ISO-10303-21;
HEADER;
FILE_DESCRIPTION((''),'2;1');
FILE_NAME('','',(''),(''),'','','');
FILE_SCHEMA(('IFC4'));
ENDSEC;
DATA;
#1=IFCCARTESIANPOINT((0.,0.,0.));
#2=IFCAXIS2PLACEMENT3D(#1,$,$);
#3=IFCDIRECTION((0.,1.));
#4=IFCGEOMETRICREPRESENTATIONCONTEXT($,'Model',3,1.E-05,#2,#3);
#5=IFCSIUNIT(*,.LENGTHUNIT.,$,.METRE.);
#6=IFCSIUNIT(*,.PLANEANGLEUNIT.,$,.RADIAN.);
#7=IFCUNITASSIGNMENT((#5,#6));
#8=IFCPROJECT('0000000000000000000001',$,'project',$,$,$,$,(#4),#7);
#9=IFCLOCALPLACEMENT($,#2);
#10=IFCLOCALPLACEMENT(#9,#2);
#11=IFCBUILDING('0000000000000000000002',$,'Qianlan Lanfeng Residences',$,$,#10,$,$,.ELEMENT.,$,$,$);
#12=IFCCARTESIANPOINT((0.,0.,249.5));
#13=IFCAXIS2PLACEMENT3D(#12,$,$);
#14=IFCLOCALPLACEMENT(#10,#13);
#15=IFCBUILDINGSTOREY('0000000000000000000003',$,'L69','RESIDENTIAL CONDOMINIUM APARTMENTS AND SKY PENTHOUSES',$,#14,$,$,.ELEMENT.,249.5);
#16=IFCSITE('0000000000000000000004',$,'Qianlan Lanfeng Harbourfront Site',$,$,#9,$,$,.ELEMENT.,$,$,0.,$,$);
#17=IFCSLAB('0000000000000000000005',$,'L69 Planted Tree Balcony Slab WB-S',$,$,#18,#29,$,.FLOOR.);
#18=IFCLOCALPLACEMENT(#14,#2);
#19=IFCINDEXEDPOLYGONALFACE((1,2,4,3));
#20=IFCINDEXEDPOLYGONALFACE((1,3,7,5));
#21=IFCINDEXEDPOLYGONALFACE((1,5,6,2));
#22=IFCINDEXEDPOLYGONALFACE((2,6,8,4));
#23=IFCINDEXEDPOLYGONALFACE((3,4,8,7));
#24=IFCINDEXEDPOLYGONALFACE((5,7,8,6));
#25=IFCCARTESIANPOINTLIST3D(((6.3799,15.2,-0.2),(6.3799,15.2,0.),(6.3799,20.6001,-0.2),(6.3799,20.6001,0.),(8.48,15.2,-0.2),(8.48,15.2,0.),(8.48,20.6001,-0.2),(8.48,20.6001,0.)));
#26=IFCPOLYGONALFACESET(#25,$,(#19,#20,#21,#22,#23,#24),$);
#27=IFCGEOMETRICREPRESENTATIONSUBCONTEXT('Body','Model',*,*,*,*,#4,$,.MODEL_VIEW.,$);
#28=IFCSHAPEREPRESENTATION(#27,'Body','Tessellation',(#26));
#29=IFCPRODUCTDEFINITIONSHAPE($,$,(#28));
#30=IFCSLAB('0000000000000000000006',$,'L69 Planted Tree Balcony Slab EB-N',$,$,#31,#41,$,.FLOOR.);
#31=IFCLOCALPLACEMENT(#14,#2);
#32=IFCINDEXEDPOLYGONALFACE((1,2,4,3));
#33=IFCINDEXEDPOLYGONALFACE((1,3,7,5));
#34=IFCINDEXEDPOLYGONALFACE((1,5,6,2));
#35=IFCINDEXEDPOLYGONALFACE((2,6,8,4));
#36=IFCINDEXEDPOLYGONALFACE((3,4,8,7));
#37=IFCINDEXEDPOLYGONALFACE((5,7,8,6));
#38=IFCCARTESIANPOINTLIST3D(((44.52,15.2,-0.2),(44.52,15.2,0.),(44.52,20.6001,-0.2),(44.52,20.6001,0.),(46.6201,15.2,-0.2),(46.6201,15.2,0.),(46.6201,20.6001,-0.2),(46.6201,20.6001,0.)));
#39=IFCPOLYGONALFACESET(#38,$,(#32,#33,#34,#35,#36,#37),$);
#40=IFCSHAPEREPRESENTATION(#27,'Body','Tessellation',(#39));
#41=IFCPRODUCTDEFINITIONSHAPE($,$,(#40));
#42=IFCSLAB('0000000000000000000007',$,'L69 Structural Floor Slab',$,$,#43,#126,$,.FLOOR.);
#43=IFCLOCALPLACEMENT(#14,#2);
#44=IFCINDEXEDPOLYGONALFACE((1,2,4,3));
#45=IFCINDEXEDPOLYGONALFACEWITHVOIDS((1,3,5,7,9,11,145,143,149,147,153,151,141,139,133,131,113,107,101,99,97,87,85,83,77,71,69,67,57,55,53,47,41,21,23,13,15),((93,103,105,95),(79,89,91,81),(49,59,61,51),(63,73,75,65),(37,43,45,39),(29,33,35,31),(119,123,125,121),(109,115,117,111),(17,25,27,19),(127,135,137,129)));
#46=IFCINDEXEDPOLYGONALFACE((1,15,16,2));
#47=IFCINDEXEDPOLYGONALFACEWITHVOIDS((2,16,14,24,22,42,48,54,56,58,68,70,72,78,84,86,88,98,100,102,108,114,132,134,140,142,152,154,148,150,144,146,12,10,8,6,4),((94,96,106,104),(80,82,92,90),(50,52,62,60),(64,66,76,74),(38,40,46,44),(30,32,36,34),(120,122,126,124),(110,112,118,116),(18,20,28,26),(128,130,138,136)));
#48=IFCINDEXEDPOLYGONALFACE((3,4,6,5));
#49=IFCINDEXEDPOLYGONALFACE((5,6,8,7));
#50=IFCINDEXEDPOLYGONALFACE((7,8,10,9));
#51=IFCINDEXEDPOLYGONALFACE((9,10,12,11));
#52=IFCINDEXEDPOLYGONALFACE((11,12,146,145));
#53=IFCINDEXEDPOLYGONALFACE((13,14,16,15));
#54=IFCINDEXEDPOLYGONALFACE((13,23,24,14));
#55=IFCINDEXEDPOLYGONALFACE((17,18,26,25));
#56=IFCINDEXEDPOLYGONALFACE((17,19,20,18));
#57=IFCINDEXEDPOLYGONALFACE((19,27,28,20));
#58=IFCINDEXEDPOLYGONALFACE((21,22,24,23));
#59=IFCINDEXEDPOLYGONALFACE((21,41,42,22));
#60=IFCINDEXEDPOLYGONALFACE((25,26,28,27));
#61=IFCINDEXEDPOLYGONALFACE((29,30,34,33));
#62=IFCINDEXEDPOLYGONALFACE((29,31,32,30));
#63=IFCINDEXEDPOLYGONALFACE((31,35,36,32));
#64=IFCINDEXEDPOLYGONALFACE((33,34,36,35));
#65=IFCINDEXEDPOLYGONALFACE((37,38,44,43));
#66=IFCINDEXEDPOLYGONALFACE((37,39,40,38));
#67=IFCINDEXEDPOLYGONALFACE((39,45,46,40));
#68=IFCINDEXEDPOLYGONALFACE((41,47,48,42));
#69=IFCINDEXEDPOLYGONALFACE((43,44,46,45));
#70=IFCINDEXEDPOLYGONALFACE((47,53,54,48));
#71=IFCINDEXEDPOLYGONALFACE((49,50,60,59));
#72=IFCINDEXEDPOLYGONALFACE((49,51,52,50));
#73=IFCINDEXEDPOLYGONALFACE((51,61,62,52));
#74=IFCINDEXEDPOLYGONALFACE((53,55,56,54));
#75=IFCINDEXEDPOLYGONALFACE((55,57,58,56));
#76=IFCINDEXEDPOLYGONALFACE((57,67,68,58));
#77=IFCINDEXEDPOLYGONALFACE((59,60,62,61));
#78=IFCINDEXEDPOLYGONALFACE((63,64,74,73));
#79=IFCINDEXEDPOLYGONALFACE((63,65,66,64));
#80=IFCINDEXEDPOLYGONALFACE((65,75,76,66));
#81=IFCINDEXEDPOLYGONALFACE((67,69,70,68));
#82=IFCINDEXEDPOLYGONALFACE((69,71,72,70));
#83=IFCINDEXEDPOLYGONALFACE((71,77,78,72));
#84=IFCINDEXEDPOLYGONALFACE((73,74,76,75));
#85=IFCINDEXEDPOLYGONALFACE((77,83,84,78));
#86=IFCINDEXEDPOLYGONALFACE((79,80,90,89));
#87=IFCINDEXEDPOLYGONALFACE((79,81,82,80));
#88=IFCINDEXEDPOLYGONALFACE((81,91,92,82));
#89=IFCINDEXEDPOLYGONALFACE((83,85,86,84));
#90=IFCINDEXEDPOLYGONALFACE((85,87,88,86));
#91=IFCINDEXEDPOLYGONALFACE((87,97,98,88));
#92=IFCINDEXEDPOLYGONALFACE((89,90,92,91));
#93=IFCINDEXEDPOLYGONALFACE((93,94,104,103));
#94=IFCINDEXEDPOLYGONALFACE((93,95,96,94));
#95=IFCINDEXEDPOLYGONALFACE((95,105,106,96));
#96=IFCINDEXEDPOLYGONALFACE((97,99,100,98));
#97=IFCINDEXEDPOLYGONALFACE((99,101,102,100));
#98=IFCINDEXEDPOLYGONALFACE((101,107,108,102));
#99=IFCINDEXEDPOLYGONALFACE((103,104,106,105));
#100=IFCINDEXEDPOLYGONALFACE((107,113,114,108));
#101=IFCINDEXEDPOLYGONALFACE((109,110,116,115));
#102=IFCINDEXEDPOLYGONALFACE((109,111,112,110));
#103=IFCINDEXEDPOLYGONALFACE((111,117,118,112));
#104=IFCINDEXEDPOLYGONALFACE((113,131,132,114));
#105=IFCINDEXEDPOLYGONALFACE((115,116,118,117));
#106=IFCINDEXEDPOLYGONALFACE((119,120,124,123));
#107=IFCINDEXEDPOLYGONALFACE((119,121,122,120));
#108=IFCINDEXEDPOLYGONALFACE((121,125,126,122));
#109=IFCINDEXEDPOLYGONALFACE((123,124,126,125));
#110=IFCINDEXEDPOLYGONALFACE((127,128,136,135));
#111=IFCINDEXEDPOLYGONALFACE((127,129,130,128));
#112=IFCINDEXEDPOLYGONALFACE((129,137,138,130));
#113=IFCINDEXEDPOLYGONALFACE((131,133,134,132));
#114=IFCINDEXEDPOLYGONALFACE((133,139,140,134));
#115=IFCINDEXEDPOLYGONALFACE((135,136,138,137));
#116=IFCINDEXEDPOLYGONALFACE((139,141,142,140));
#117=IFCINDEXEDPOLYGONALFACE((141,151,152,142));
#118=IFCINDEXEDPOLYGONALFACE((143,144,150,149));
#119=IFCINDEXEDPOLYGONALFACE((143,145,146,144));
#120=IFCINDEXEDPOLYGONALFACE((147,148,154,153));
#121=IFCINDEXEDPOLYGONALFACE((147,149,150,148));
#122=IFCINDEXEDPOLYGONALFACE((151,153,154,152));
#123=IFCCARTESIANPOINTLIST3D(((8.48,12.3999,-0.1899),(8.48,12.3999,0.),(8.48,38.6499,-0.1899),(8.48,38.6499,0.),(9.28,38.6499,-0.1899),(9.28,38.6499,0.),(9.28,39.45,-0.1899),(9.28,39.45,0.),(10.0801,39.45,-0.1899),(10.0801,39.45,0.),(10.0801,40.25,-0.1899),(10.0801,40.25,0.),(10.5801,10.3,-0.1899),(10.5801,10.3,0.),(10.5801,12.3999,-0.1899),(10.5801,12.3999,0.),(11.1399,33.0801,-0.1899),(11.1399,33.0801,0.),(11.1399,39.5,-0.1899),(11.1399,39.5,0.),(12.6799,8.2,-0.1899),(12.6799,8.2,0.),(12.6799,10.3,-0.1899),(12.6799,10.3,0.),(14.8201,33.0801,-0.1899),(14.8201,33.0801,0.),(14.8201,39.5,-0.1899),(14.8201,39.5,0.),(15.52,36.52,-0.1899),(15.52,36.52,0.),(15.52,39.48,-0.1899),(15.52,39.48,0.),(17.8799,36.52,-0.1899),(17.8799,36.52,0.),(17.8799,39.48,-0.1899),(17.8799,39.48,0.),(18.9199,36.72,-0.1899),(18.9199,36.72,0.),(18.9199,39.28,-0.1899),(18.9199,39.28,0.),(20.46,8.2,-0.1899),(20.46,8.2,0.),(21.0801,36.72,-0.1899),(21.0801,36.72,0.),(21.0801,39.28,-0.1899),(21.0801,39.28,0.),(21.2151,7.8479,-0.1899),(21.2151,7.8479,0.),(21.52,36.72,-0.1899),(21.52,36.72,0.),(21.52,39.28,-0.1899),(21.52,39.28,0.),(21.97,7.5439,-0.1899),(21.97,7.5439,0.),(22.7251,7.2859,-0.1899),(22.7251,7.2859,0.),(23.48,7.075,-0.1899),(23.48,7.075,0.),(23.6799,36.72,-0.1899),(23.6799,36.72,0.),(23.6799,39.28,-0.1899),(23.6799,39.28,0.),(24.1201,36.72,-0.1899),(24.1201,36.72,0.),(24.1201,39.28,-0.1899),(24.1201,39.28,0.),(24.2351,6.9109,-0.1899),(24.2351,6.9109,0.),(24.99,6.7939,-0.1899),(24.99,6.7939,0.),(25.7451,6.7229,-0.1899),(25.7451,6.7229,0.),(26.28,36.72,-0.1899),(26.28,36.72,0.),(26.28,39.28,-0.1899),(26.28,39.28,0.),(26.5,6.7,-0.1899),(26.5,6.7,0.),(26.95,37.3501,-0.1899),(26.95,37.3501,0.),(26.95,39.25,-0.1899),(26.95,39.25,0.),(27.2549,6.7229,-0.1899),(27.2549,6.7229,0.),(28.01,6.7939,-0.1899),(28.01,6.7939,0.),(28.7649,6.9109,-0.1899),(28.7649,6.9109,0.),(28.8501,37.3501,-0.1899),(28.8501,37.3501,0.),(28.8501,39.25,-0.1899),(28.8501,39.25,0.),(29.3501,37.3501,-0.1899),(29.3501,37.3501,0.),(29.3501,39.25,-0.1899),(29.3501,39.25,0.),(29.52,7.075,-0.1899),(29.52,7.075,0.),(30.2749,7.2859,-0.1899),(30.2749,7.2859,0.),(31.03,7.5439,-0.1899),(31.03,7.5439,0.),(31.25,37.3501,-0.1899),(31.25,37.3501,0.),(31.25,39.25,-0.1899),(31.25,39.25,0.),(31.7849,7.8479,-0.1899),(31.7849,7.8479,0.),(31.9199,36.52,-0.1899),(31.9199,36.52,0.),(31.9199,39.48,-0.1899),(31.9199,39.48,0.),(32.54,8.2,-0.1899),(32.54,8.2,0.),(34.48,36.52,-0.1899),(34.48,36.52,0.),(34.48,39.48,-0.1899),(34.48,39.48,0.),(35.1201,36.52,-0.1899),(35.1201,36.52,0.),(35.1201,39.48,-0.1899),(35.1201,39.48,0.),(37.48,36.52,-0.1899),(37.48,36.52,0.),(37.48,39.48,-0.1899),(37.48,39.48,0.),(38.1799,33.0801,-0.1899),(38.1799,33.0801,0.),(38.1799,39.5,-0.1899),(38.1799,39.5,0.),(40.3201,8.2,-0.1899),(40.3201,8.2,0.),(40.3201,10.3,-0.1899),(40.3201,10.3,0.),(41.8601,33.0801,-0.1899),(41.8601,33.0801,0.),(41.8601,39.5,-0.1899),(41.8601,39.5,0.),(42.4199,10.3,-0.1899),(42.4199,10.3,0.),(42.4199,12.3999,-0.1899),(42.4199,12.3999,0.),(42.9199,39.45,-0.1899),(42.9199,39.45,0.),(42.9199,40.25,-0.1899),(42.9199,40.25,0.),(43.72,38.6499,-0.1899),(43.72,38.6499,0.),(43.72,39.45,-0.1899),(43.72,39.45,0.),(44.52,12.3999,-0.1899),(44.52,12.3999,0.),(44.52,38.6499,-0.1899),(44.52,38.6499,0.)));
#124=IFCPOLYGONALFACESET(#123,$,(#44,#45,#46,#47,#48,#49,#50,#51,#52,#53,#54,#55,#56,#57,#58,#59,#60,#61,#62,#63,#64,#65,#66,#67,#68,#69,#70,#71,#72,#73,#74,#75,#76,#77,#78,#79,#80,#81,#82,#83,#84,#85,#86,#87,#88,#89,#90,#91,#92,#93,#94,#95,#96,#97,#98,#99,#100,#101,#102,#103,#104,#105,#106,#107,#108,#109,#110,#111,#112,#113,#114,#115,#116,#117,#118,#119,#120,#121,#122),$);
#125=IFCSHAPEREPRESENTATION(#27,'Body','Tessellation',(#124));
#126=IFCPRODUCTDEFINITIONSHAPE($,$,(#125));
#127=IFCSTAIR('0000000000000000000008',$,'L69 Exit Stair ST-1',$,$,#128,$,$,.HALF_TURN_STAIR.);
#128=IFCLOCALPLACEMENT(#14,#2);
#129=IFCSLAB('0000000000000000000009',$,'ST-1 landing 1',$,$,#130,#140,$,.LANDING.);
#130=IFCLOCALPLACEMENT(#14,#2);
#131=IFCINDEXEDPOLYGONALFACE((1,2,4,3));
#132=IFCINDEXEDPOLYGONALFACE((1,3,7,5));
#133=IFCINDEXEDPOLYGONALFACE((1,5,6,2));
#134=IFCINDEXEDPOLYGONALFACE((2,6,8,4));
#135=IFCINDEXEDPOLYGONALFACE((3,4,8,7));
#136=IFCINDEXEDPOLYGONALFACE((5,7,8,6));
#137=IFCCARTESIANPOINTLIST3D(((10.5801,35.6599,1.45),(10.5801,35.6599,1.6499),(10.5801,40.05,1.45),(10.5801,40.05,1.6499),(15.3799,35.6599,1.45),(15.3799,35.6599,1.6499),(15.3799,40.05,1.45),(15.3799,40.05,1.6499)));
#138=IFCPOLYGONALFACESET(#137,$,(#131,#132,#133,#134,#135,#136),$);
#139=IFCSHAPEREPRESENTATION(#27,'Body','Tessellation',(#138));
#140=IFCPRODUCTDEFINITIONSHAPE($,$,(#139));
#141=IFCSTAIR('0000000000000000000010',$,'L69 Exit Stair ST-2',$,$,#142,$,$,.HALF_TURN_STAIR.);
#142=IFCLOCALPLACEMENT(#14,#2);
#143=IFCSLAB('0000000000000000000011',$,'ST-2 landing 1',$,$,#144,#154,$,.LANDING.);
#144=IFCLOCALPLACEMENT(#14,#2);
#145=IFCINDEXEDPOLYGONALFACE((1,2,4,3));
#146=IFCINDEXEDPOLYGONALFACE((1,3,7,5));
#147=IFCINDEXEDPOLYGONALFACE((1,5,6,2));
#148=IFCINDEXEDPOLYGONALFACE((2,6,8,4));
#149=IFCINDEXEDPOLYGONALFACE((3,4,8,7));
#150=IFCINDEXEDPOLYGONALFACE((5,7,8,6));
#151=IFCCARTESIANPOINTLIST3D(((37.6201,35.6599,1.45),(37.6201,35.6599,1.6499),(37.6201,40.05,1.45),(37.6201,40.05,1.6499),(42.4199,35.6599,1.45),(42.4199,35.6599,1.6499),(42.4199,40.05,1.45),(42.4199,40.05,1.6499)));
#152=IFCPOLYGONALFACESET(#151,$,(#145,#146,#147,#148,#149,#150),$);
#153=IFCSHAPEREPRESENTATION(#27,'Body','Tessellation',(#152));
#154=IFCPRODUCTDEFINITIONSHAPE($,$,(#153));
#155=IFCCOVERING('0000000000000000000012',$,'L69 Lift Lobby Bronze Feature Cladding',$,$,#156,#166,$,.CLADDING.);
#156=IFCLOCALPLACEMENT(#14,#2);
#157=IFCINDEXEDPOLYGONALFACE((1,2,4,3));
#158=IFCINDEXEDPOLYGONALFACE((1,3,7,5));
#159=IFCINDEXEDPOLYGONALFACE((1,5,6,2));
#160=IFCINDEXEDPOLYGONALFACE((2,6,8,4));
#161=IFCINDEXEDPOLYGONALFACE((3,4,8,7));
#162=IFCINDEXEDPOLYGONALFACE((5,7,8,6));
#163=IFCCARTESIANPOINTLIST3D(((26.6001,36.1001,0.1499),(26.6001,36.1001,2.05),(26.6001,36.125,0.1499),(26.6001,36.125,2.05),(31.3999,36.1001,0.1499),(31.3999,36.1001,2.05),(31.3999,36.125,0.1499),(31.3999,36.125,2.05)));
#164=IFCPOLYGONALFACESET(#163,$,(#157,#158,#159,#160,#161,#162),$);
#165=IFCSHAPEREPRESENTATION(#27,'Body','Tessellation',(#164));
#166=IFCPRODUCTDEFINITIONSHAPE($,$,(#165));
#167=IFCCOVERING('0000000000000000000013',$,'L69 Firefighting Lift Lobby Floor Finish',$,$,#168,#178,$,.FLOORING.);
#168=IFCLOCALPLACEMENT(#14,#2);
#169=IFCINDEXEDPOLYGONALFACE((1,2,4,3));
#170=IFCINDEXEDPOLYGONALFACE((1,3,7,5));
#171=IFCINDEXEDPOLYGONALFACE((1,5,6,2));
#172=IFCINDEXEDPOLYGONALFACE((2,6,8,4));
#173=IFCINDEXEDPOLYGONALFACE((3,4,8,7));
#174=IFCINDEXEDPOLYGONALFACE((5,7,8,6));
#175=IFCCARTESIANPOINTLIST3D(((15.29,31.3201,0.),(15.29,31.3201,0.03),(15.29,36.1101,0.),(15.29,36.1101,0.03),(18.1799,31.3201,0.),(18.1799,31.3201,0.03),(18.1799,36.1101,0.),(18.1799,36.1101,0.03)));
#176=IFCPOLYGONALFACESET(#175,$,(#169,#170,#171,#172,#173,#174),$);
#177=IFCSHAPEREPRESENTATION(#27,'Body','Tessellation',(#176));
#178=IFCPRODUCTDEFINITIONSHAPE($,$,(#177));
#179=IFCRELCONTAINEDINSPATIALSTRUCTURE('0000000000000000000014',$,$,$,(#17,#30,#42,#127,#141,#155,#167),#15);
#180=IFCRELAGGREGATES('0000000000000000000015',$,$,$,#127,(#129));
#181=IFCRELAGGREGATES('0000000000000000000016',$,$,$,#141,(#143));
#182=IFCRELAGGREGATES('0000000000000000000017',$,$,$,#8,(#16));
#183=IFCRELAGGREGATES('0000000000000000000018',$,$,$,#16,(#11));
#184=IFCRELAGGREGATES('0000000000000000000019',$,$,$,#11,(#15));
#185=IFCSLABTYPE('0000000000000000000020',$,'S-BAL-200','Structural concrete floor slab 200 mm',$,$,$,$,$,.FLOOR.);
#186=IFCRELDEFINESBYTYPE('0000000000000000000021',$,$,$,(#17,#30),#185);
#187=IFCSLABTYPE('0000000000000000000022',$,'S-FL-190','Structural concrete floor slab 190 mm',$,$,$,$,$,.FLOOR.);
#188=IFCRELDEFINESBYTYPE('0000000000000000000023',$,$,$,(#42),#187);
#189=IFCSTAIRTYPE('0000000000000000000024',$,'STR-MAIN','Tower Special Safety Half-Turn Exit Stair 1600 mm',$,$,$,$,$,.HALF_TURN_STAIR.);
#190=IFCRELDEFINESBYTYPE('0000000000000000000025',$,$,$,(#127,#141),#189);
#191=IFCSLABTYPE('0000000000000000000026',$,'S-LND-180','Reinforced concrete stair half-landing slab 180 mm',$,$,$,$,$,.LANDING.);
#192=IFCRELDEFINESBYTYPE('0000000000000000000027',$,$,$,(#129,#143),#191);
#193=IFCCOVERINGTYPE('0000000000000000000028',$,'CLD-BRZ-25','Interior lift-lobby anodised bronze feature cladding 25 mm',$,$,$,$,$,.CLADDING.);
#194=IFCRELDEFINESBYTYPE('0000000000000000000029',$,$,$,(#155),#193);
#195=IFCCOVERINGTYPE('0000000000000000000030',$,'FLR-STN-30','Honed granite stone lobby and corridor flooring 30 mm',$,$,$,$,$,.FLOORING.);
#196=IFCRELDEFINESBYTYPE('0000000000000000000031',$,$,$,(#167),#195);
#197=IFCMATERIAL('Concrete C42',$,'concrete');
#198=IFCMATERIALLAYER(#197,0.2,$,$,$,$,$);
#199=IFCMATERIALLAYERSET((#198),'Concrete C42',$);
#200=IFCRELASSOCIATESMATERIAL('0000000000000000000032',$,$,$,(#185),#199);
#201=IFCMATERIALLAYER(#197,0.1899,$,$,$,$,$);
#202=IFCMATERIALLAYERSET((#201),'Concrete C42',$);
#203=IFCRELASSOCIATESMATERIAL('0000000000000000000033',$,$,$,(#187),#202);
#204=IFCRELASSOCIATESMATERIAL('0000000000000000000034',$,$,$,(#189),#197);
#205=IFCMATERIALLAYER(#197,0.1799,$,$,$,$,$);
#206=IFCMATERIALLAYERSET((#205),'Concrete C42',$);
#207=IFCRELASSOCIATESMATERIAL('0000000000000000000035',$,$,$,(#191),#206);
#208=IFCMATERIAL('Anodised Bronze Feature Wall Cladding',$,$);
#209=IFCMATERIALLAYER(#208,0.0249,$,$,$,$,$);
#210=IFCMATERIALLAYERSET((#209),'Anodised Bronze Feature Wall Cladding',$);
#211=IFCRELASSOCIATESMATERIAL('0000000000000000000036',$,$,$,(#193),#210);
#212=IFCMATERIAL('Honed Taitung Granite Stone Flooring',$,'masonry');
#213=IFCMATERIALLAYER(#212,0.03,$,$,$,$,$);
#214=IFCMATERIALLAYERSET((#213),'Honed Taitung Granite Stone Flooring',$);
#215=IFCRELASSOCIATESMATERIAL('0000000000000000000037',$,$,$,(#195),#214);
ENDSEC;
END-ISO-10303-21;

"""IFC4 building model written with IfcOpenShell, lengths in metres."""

from ifc_helpers import new_model, si_unit, direction, frame, origin, place, context, subcontext, project, spatial, polyline, outline, extrude, material, layer, layer_set, type_object, element, aggregate, save


model = new_model("IFC4")

# Units and contexts
model_context = context("Model", 3, precision=1e-05, world=origin(), true_north=direction((0.0, 1.0)))
body_context = subcontext(model_context, "Body", "Model", "MODEL_VIEW")
ifc_project = project(units=[si_unit("LENGTHUNIT", "METRE"), si_unit("PLANEANGLEUNIT", "RADIAN")], contexts=[model_context])

# Site, building, storey
site_placement = place(None, origin())
site = spatial("IfcSite", under=ifc_project, at=site_placement, Name="Qianlan Lanfeng Harbourfront Site", CompositionType="ELEMENT", RefElevation=0.0)
building_placement = place(site_placement, origin())
building = spatial("IfcBuilding", under=site, at=building_placement, Name="Qianlan Lanfeng Residences", CompositionType="ELEMENT")
storey_placement = place(building_placement, frame((0.0, 0.0, 249.5)))
storey = spatial("IfcBuildingStorey", under=building, at=storey_placement, Name="L69", Description="RESIDENTIAL CONDOMINIUM APARTMENTS AND SKY PENTHOUSES", CompositionType="ELEMENT", Elevation=249.5)

# Slabs
ifc_material_1 = material(Name="Concrete C42", Category="concrete")
ifc_layer_1 = layer(ifc_material_1, 0.2)
ifc_layer_set_1 = layer_set([ifc_layer_1], Name="Concrete C42")
slab_type_1 = type_object("IfcSlabType", Name="S-BAL-200", Description="Structural concrete floor slab 200 mm", PredefinedType="FLOOR", material=ifc_layer_set_1)
slab_1_placement = place(storey_placement, frame((0.0, 0.0, -0.2)))
element("IfcSlab", 1, at=slab_1_placement, inside=storey, type_object=slab_type_1, Name="L69 Planted Tree Balcony Slab WB-S", PredefinedType="FLOOR", context=body_context, shape_type="SweptSolid", body=[
    extrude(outline(polyline([(8.48, 15.2), (8.48, 20.6001), (6.3799, 20.6001), (6.3799, 15.2), (8.48, 15.2)])), origin(), (0.0, 0.0, 1.0), 0.2),
])
slab_2_placement = place(storey_placement, frame((0.0, 0.0, -0.2)))
element("IfcSlab", 2, at=slab_2_placement, inside=storey, type_object=slab_type_1, Name="L69 Planted Tree Balcony Slab EB-N", PredefinedType="FLOOR", context=body_context, shape_type="SweptSolid", body=[
    extrude(outline(polyline([(44.52, 20.6001), (44.52, 15.2), (46.6201, 15.2), (46.6201, 20.6001), (44.52, 20.6001)])), origin(), (0.0, 0.0, 1.0), 0.2),
])
ifc_layer_2 = layer(ifc_material_1, 0.1899)
ifc_layer_set_2 = layer_set([ifc_layer_2], Name="Concrete C42")
slab_type_2 = type_object("IfcSlabType", Name="S-FL-190", Description="Structural concrete floor slab 190 mm", PredefinedType="FLOOR", material=ifc_layer_set_2)
slab_3_placement = place(storey_placement, frame((0.0, 0.0, -0.1899)))
element("IfcSlab", 3, at=slab_3_placement, inside=storey, type_object=slab_type_2, Name="L69 Structural Floor Slab", PredefinedType="FLOOR", context=body_context, shape_type="SweptSolid", body=[
    extrude(outline(polyline([(8.48, 12.3999), (10.5801, 12.3999), (10.5801, 10.3), (12.6799, 10.3), (12.6799, 8.2), (20.46, 8.2), (21.2151, 7.8479), (21.97, 7.5439), (22.7251, 7.2859), (23.48, 7.075), (24.2351, 6.9109), (24.99, 6.7939), (25.7451, 6.7229), (26.5, 6.7), (27.2549, 6.7229), (28.01, 6.7939), (28.7649, 6.9109), (29.52, 7.075), (30.2749, 7.2859), (31.03, 7.5439), (31.7849, 7.8479), (32.54, 8.2), (40.3201, 8.2), (40.3201, 10.3), (42.4199, 10.3), (42.4199, 12.3999), (44.52, 12.3999), (44.52, 38.6499), (43.72, 38.6499), (43.72, 39.45), (42.9199, 39.45), (42.9199, 40.25), (10.0801, 40.25), (10.0801, 39.45), (9.28, 39.45), (9.28, 38.6499), (8.48, 38.6499), (8.48, 12.3999)]), holes=[polyline([(11.1399, 33.0801), (11.1399, 39.5), (14.8201, 39.5), (14.8201, 33.0801), (11.1399, 33.0801)]), polyline([(38.1799, 33.0801), (38.1799, 39.5), (41.8601, 39.5), (41.8601, 33.0801), (38.1799, 33.0801)]), polyline([(15.52, 36.52), (15.52, 39.48), (17.8799, 39.48), (17.8799, 36.52), (15.52, 36.52)]), polyline([(35.1201, 36.52), (35.1201, 39.48), (37.48, 39.48), (37.48, 36.52), (35.1201, 36.52)]), polyline([(31.9199, 36.52), (31.9199, 39.48), (34.48, 39.48), (34.48, 36.52), (31.9199, 36.52)]), polyline([(18.9199, 36.72), (18.9199, 39.28), (21.0801, 39.28), (21.0801, 36.72), (18.9199, 36.72)]), polyline([(21.52, 36.72), (21.52, 39.28), (23.6799, 39.28), (23.6799, 36.72), (21.52, 36.72)]), polyline([(24.1201, 36.72), (24.1201, 39.28), (26.28, 39.28), (26.28, 36.72), (24.1201, 36.72)]), polyline([(26.95, 37.3501), (26.95, 39.25), (28.8501, 39.25), (28.8501, 37.3501), (26.95, 37.3501)]), polyline([(29.3501, 37.3501), (29.3501, 39.25), (31.25, 39.25), (31.25, 37.3501), (29.3501, 37.3501)])]), origin(), (0.0, 0.0, 1.0), 0.1899),
])

# Stairs, slabs
stair_type = type_object("IfcStairType", Name="STR-MAIN", Description="Tower Special Safety Half-Turn Exit Stair 1600 mm", PredefinedType="HALF_TURN_STAIR", material=ifc_material_1)
stair_1_placement = place(storey_placement, origin())
stair_1 = element("IfcStair", 4, at=stair_1_placement, inside=storey, type_object=stair_type, Name="L69 Exit Stair ST-1", PredefinedType="HALF_TURN_STAIR")
ifc_layer_3 = layer(ifc_material_1, 0.1799)
ifc_layer_set_3 = layer_set([ifc_layer_3], Name="Concrete C42")
slab_type_3 = type_object("IfcSlabType", Name="S-LND-180", Description="Reinforced concrete stair half-landing slab 180 mm", PredefinedType="LANDING", material=ifc_layer_set_3)
slab_4_placement = place(storey_placement, frame((0.0, 0.0, 1.45)))
slab_4 = element("IfcSlab", 5, at=slab_4_placement, type_object=slab_type_3, Name="ST-1 landing 1", PredefinedType="LANDING", context=body_context, shape_type="SweptSolid", body=[
    extrude(outline(polyline([(10.5801, 35.6599), (15.3799, 35.6599), (15.3799, 40.05), (10.5801, 40.05), (10.5801, 35.6599)])), origin(), (0.0, 0.0, 1.0), 0.2),
])
aggregate(stair_1, [slab_4])
stair_2_placement = place(storey_placement, origin())
stair_2 = element("IfcStair", 6, at=stair_2_placement, inside=storey, type_object=stair_type, Name="L69 Exit Stair ST-2", PredefinedType="HALF_TURN_STAIR")
slab_5_placement = place(storey_placement, frame((0.0, 0.0, 1.45)))
slab_5 = element("IfcSlab", 7, at=slab_5_placement, type_object=slab_type_3, Name="ST-2 landing 1", PredefinedType="LANDING", context=body_context, shape_type="SweptSolid", body=[
    extrude(outline(polyline([(37.6201, 35.6599), (42.4199, 35.6599), (42.4199, 40.05), (37.6201, 40.05), (37.6201, 35.6599)])), origin(), (0.0, 0.0, 1.0), 0.2),
])
aggregate(stair_2, [slab_5])

# Coverings
ifc_material_2 = material(Name="Anodised Bronze Feature Wall Cladding")
ifc_layer_4 = layer(ifc_material_2, 0.0249)
ifc_layer_set_4 = layer_set([ifc_layer_4], Name="Anodised Bronze Feature Wall Cladding")
covering_type_1 = type_object("IfcCoveringType", Name="CLD-BRZ-25", Description="Interior lift-lobby anodised bronze feature cladding 25 mm", PredefinedType="CLADDING", material=ifc_layer_set_4)
covering_1_placement = place(storey_placement, frame((0.0, 0.0, 0.1499)))
element("IfcCovering", 8, at=covering_1_placement, inside=storey, type_object=covering_type_1, Name="L69 Lift Lobby Bronze Feature Cladding", PredefinedType="CLADDING", context=body_context, shape_type="SweptSolid", body=[
    extrude(outline(polyline([(26.6001, 36.1001), (31.3999, 36.1001), (31.3999, 36.125), (26.6001, 36.125), (26.6001, 36.1001)])), origin(), (0.0, 0.0, 1.0), 1.9001),
])
ifc_material_3 = material(Name="Honed Taitung Granite Stone Flooring", Category="masonry")
ifc_layer_5 = layer(ifc_material_3, 0.03)
ifc_layer_set_5 = layer_set([ifc_layer_5], Name="Honed Taitung Granite Stone Flooring")
covering_type_2 = type_object("IfcCoveringType", Name="FLR-STN-30", Description="Honed granite stone lobby and corridor flooring 30 mm", PredefinedType="FLOORING", material=ifc_layer_set_5)
covering_2_placement = place(storey_placement, origin())
element("IfcCovering", 9, at=covering_2_placement, inside=storey, type_object=covering_type_2, Name="L69 Firefighting Lift Lobby Floor Finish", PredefinedType="FLOORING", context=body_context, shape_type="SweptSolid", body=[
    extrude(outline(polyline([(15.29, 31.3201), (18.1799, 31.3201), (18.1799, 36.1101), (15.29, 36.1101), (15.29, 31.3201)])), origin(), (0.0, 0.0, 1.0), 0.03),
])

save(model, "model.ifc")
